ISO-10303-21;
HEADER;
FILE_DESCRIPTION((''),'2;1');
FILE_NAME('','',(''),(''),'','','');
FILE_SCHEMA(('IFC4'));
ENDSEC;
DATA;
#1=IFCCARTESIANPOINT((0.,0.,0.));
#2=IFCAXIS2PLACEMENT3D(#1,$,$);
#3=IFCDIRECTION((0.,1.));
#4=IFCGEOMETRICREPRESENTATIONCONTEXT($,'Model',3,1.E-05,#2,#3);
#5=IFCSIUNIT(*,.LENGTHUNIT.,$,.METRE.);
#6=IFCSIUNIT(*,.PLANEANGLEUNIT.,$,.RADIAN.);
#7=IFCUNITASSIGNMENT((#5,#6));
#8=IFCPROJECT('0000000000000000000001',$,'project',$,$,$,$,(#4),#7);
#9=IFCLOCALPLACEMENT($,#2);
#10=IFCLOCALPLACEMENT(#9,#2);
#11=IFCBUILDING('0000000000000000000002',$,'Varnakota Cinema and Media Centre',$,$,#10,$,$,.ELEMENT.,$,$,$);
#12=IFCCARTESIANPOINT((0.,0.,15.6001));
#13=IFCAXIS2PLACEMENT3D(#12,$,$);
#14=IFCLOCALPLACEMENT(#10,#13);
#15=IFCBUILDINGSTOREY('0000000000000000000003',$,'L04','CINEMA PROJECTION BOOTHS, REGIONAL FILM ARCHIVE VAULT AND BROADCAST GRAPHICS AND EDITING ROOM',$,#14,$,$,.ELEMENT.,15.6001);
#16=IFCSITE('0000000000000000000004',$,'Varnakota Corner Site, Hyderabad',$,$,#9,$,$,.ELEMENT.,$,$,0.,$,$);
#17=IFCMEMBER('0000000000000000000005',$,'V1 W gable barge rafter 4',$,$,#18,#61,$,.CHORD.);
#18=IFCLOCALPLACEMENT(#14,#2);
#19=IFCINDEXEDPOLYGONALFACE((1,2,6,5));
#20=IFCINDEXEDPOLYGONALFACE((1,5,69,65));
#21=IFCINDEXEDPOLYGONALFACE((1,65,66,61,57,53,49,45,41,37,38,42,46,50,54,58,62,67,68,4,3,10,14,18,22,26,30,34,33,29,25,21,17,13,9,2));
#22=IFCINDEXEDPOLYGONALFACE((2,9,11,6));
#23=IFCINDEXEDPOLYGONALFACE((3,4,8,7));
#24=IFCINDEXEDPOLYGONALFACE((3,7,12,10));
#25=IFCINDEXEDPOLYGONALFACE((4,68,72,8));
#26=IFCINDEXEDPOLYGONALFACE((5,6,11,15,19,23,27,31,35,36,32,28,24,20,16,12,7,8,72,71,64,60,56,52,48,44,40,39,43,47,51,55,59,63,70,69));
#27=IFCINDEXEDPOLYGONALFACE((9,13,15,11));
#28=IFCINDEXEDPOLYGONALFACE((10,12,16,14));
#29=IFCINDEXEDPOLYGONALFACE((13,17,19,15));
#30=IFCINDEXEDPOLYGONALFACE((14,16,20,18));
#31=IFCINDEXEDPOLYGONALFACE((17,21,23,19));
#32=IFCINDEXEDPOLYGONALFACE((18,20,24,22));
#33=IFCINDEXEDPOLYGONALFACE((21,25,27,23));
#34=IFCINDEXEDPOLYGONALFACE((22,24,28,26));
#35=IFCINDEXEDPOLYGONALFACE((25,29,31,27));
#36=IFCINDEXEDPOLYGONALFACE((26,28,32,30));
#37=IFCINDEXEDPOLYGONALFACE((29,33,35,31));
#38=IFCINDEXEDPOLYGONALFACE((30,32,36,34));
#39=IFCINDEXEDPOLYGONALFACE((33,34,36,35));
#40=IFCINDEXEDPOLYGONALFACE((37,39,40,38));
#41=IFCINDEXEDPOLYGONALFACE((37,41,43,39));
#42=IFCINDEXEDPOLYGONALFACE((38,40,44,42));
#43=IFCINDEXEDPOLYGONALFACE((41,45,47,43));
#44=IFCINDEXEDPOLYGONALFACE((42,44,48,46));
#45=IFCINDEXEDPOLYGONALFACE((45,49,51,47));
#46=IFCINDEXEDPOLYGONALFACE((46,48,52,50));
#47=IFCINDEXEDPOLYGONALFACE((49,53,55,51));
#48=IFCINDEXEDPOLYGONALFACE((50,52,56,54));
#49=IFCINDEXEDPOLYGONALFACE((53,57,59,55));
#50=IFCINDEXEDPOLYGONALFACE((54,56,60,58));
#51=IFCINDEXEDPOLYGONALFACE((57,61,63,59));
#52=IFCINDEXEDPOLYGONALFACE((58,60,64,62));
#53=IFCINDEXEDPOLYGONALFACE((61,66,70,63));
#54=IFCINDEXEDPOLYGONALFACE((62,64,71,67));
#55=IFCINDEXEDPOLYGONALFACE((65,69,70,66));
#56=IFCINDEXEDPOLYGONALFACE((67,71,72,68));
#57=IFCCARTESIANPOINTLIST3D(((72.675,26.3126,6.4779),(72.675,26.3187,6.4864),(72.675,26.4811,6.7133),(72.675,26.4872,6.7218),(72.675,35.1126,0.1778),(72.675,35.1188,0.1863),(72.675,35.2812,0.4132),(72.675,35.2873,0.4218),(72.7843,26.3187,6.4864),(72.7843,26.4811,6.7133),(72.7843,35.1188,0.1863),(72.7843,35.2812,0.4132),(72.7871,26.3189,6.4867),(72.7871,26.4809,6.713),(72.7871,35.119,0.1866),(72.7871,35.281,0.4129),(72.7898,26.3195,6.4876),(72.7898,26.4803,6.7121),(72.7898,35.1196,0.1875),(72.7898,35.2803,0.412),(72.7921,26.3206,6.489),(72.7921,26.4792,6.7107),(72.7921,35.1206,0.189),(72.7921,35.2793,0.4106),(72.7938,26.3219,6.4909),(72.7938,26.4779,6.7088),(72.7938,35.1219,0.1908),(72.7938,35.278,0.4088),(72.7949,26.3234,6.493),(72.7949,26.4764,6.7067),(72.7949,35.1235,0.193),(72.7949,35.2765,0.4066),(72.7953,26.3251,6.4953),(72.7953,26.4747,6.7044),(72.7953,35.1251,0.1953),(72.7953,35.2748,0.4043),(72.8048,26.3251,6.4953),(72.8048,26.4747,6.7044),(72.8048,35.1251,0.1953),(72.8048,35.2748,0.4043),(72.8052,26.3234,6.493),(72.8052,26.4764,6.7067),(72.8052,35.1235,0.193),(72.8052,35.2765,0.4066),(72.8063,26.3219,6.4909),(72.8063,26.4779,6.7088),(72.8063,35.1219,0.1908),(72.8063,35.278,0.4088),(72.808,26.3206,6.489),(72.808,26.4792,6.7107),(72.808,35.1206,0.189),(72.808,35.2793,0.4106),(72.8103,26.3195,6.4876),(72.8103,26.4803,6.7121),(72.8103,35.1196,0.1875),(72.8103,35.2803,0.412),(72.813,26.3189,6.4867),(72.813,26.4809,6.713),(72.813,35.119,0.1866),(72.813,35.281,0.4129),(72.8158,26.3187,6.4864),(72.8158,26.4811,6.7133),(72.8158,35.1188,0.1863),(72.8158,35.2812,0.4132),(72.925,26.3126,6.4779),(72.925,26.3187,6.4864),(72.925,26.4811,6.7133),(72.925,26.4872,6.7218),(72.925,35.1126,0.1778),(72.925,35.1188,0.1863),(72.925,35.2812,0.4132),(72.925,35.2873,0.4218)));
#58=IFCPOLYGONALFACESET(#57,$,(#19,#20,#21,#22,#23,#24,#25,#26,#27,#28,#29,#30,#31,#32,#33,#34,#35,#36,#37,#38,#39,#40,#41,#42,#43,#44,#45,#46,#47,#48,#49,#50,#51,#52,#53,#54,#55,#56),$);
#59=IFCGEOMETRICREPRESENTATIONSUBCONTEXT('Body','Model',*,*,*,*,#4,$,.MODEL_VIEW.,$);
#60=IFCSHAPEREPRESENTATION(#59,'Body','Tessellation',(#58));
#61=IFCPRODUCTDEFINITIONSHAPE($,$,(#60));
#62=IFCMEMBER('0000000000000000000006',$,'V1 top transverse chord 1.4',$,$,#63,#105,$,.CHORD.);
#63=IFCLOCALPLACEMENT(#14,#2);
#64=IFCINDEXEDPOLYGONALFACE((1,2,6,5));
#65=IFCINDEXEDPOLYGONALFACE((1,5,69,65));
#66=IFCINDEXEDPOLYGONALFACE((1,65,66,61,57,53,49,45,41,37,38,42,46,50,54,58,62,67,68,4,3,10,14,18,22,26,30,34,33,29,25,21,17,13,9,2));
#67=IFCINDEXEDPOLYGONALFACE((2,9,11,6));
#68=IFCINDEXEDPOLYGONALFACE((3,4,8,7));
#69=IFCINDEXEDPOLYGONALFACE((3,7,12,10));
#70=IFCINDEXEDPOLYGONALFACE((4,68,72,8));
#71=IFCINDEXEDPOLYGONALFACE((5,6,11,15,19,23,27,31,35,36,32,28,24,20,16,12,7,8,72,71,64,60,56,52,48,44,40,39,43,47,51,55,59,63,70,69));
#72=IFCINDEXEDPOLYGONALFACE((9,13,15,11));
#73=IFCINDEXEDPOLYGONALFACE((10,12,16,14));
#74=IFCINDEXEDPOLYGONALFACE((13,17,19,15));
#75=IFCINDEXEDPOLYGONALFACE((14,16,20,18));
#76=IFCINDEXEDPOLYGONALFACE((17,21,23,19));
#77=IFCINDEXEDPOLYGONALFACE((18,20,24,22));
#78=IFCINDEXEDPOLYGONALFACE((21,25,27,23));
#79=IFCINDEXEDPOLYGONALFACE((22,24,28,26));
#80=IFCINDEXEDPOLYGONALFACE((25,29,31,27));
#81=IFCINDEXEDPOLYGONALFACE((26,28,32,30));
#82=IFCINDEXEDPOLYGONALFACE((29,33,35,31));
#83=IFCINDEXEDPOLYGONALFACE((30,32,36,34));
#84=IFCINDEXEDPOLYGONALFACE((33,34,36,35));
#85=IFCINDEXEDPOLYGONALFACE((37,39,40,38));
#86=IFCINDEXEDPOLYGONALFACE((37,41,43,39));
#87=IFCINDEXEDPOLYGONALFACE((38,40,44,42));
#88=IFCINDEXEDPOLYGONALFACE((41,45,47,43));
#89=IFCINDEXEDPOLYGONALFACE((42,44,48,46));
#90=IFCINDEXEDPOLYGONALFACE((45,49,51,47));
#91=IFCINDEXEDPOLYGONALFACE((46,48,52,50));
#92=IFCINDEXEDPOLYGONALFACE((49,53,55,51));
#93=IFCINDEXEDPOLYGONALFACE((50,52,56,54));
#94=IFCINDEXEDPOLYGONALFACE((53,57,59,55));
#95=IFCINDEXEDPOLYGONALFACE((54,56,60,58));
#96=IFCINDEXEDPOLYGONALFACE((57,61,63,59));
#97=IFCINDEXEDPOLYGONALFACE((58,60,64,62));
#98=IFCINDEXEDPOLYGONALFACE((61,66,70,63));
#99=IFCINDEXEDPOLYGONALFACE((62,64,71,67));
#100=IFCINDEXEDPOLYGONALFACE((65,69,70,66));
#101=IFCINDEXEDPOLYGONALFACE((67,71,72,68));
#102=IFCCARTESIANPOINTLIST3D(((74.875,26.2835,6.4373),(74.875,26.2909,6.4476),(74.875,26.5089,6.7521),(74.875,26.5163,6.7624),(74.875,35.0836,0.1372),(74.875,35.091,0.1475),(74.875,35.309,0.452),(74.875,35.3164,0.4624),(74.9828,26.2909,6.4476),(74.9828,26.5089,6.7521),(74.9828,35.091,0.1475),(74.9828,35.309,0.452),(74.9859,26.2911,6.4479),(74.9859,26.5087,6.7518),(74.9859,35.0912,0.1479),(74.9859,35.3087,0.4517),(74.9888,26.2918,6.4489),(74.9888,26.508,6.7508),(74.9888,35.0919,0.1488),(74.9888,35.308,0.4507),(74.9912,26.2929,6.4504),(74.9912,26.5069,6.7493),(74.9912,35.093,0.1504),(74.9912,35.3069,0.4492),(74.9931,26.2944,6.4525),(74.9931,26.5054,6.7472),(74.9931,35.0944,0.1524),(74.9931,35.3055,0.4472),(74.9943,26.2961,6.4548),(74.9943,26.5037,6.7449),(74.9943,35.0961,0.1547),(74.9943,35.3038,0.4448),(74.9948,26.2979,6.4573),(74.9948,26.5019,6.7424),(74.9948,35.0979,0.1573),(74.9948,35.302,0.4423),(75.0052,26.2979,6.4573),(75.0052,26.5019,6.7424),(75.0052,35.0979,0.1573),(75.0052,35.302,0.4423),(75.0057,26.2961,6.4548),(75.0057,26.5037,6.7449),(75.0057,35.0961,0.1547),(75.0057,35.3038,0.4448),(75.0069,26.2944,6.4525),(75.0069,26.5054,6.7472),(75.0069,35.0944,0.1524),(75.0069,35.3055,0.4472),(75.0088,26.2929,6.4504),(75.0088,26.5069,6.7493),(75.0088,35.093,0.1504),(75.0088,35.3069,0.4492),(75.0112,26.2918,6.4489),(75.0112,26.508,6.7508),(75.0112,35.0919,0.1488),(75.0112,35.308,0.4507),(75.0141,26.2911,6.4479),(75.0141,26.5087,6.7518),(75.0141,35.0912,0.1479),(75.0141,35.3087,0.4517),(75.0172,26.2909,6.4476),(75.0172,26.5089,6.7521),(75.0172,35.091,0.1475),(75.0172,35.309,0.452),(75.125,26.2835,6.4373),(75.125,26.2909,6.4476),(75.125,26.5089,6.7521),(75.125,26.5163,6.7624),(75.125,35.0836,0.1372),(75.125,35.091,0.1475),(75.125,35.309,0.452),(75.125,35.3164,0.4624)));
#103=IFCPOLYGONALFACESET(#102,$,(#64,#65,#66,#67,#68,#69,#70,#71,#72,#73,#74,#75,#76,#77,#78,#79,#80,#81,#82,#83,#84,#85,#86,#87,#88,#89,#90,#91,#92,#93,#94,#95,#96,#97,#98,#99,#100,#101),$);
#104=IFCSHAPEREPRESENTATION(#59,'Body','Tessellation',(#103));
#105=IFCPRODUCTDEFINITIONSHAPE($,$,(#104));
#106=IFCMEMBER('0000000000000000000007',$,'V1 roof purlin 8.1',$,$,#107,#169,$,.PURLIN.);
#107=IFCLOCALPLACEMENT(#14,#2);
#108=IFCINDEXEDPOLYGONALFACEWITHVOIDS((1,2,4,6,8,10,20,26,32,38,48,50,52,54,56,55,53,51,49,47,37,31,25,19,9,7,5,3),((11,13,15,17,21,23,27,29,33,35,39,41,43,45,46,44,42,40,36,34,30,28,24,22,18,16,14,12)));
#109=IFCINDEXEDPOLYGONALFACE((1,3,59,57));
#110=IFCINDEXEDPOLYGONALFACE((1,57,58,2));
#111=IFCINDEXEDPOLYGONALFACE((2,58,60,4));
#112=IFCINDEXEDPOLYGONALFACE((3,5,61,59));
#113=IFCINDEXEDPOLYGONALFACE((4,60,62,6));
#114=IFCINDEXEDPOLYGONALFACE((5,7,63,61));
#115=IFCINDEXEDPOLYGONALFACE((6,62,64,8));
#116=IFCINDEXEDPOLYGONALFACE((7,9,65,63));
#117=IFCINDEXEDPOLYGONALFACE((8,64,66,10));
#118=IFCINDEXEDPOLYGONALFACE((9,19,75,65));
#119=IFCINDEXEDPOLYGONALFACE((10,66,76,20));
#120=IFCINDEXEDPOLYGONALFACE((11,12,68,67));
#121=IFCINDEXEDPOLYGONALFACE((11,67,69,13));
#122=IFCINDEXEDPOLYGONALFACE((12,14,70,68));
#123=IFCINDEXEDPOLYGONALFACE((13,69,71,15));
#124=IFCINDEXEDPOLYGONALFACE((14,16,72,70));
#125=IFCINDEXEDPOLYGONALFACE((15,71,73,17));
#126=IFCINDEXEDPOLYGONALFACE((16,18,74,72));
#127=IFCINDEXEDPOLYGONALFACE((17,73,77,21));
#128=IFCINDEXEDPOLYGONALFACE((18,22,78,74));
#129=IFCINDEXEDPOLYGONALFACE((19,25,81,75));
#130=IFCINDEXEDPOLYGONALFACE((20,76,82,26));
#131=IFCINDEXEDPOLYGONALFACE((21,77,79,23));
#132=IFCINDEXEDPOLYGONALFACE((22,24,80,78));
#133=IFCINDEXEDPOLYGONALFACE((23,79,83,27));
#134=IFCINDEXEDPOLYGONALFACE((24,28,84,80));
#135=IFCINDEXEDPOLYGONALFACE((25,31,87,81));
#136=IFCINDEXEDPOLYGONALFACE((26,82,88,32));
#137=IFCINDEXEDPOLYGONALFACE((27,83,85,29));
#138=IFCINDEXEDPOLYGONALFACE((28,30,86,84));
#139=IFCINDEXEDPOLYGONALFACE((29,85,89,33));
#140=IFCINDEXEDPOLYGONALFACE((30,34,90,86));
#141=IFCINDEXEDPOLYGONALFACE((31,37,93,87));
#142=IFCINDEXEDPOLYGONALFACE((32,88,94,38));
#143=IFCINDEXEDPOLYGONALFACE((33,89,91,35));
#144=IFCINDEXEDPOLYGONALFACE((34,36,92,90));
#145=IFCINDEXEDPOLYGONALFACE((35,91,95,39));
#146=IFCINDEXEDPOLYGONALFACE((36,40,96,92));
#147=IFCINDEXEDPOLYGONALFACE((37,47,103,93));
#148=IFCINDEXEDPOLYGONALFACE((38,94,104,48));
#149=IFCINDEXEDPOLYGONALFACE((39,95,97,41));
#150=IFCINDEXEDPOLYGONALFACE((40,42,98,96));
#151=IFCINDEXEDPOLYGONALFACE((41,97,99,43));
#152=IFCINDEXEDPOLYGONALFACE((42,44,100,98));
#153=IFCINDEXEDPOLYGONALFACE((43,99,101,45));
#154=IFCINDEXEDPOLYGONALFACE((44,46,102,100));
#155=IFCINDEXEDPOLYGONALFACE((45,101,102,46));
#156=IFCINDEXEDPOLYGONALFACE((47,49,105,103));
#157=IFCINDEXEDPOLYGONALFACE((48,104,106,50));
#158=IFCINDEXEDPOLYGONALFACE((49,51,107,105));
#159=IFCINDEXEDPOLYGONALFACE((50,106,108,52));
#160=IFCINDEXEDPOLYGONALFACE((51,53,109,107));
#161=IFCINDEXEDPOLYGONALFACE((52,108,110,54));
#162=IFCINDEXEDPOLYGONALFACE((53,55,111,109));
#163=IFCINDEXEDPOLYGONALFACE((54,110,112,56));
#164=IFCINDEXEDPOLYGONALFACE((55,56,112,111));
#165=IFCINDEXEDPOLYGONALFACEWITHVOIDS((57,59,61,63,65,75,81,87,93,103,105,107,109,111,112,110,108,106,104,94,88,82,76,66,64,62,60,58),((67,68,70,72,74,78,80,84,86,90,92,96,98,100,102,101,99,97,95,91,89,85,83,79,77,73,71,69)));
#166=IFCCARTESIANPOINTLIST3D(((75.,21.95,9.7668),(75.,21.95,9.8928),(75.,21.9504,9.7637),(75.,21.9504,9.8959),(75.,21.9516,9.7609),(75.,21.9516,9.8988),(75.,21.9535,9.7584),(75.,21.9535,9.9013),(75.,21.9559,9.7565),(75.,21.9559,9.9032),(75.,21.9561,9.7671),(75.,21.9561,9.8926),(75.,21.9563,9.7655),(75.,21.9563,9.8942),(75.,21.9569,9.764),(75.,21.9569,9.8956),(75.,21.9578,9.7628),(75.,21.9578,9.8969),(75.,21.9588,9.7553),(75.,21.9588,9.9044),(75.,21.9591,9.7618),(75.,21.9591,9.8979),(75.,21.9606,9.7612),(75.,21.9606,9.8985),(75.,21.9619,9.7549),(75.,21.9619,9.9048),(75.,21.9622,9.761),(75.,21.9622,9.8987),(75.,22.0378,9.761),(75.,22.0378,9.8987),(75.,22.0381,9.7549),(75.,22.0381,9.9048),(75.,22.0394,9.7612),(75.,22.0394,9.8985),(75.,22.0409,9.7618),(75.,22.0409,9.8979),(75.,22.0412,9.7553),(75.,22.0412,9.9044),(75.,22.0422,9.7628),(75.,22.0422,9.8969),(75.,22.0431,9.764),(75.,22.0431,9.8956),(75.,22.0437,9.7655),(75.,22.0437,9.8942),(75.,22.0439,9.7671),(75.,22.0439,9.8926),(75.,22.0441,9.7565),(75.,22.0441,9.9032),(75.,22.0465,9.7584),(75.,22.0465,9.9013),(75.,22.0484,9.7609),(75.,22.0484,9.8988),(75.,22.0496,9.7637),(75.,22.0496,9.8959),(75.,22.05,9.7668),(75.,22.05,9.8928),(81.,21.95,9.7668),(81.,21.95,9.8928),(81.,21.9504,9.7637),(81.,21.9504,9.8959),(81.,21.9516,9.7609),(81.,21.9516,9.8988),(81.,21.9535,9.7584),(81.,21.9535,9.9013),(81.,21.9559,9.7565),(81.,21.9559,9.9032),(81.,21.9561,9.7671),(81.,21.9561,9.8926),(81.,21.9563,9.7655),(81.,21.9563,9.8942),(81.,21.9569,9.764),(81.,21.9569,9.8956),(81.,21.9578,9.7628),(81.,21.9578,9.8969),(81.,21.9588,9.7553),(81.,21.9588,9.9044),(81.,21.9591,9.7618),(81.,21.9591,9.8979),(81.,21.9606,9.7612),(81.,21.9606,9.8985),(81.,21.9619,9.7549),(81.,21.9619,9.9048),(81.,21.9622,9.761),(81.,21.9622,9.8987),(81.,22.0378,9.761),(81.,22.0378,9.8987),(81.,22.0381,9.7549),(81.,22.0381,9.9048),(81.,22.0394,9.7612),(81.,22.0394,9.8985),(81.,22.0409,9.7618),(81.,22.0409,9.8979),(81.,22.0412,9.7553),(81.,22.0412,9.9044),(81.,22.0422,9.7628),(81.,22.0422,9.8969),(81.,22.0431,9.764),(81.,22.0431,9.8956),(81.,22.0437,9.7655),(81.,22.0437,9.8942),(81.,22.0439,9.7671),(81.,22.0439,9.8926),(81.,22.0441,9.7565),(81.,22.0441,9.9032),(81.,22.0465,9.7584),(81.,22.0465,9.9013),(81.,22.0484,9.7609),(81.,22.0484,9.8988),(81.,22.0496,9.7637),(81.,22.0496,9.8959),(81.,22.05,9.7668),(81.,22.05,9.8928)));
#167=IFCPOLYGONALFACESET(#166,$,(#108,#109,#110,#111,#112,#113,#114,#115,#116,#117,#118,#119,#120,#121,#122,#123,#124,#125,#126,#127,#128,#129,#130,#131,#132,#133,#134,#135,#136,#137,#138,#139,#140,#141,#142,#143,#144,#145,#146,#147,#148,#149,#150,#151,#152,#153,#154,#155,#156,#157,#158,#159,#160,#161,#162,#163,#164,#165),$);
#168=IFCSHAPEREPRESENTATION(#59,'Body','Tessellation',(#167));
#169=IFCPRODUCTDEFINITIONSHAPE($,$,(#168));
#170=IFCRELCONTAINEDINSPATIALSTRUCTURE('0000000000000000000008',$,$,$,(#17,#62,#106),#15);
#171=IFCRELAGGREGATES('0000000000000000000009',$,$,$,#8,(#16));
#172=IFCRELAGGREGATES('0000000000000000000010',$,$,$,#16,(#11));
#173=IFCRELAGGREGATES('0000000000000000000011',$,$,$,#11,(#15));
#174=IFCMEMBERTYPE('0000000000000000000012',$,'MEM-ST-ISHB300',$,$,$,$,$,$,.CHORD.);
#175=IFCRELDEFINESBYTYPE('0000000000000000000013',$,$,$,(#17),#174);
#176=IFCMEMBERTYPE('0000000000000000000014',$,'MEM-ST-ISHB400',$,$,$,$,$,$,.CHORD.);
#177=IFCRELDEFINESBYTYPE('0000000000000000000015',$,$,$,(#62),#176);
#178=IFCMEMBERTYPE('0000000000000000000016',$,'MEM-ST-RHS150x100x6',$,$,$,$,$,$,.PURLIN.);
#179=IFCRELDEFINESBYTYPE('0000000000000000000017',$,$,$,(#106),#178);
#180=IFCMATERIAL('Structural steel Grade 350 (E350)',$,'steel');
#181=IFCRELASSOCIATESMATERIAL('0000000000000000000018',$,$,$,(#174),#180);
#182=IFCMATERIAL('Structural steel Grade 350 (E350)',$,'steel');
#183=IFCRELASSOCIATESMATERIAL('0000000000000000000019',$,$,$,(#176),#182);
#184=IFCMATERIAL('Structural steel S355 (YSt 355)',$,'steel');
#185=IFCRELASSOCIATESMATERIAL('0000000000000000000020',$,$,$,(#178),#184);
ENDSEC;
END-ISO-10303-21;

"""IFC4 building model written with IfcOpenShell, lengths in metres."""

from ifc_helpers import new_model, si_unit, direction, frame, origin, origin_2d, place, context, subcontext, project, spatial, hollow_rectangle, i_section, extrude, material, material_profile, profile_set, type_object, element, save


model = new_model("IFC4")

# Units and contexts
model_context = context("Model", 3, precision=1e-05, world=origin(), true_north=direction((0.0, 1.0)))
body_context = subcontext(model_context, "Body", "Model", "MODEL_VIEW")
ifc_project = project(units=[si_unit("LENGTHUNIT", "METRE"), si_unit("PLANEANGLEUNIT", "RADIAN")], contexts=[model_context])

# Site, building, storey
site_placement = place(None, origin())
site = spatial("IfcSite", under=ifc_project, at=site_placement, Name="Varnakota Corner Site, Hyderabad", CompositionType="ELEMENT", RefElevation=0.0)
building_placement = place(site_placement, origin())
building = spatial("IfcBuilding", under=site, at=building_placement, Name="Varnakota Cinema and Media Centre", CompositionType="ELEMENT")
storey_placement = place(building_placement, frame((0.0, 0.0, 15.6001)))
storey = spatial("IfcBuildingStorey", under=building, at=storey_placement, Name="L04", Description="CINEMA PROJECTION BOOTHS, REGIONAL FILM ARCHIVE VAULT AND BROADCAST GRAPHICS AND EDITING ROOM", CompositionType="ELEMENT", Elevation=15.6001)

# Members
ifc_material_1 = material(Name="Structural steel Grade 350 (E350)", Category="steel")
ifc_material_profile_1 = material_profile(ifc_material_1, i_section(OverallWidth=0.25, OverallDepth=0.3, WebThickness=0.0095, FlangeThickness=0.0105, FilletRadius=0.011, at=origin_2d()), Name="ISHB 300")
ifc_profile_set_1 = profile_set([ifc_material_profile_1], Name="Structural steel Grade 350 (E350)")
member_type_1 = type_object("IfcMemberType", Name="MEM-ST-ISHB300", PredefinedType="CHORD", material=ifc_profile_set_1)
member_1_placement = place(storey_placement, frame((72.8, 26.3999, 6.5999), z_axis=(0.0, 0.813108, -0.582113), x_axis=(-1.0, 0.0, 0.0)))
element("IfcMember", 1, at=member_1_placement, inside=storey, type_object=member_type_1, Name="V1 W gable barge rafter 4", PredefinedType="CHORD", context=body_context, shape_type="SweptSolid", body=[
    extrude(i_section(OverallWidth=0.25, OverallDepth=0.3, WebThickness=0.0095, FlangeThickness=0.0105, FilletRadius=0.011, at=origin_2d()), origin(), (0.0, 0.0, 1.0), 10.8228),
])
ifc_material_2 = material(Name="Structural steel Grade 350 (E350)", Category="steel")
ifc_material_profile_2 = material_profile(ifc_material_2, i_section(OverallWidth=0.25, OverallDepth=0.3999, WebThickness=0.0105, FlangeThickness=0.0127, FilletRadius=0.012, at=origin_2d()), Name="ISHB 400")
ifc_profile_set_2 = profile_set([ifc_material_profile_2], Name="Structural steel Grade 350 (E350)")
member_type_2 = type_object("IfcMemberType", Name="MEM-ST-ISHB400", PredefinedType="CHORD", material=ifc_profile_set_2)
member_2_placement = place(storey_placement, frame((75.0, 26.3999, 6.5999), z_axis=(0.0, 0.813108, -0.582113), x_axis=(-1.0, 0.0, 0.0)))
element("IfcMember", 2, at=member_2_placement, inside=storey, type_object=member_type_2, Name="V1 top transverse chord 1.4", PredefinedType="CHORD", context=body_context, shape_type="SweptSolid", body=[
    extrude(i_section(OverallWidth=0.25, OverallDepth=0.3999, WebThickness=0.0105, FlangeThickness=0.0127, FilletRadius=0.012, at=origin_2d()), origin(), (0.0, 0.0, 1.0), 10.8228),
])
ifc_material_3 = material(Name="Structural steel S355 (YSt 355)", Category="steel")
ifc_material_profile_3 = material_profile(ifc_material_3, hollow_rectangle(XDim=0.1001, YDim=0.1499, WallThickness=0.0061, InnerFilletRadius=0.0061, OuterFilletRadius=0.012, at=origin_2d()), Name="RHS 150x100x6")
ifc_profile_set_3 = profile_set([ifc_material_profile_3], Name="Structural steel S355 (YSt 355)")
member_type_3 = type_object("IfcMemberType", Name="MEM-ST-RHS150x100x6", PredefinedType="PURLIN", material=ifc_profile_set_3)
member_3_placement = place(storey_placement, frame((75.0, 22.0, 9.8298), z_axis=(1.0, 0.0, 0.0), x_axis=(0.0, 1.0, 0.0)))
element("IfcMember", 3, at=member_3_placement, inside=storey, type_object=member_type_3, Name="V1 roof purlin 8.1", PredefinedType="PURLIN", context=body_context, shape_type="SweptSolid", body=[
    extrude(hollow_rectangle(XDim=0.1001, YDim=0.1499, WallThickness=0.0061, InnerFilletRadius=0.0061, OuterFilletRadius=0.012, at=origin_2d()), origin(), (0.0, 0.0, 1.0), 6.0),
])

save(model, "model.ifc")
